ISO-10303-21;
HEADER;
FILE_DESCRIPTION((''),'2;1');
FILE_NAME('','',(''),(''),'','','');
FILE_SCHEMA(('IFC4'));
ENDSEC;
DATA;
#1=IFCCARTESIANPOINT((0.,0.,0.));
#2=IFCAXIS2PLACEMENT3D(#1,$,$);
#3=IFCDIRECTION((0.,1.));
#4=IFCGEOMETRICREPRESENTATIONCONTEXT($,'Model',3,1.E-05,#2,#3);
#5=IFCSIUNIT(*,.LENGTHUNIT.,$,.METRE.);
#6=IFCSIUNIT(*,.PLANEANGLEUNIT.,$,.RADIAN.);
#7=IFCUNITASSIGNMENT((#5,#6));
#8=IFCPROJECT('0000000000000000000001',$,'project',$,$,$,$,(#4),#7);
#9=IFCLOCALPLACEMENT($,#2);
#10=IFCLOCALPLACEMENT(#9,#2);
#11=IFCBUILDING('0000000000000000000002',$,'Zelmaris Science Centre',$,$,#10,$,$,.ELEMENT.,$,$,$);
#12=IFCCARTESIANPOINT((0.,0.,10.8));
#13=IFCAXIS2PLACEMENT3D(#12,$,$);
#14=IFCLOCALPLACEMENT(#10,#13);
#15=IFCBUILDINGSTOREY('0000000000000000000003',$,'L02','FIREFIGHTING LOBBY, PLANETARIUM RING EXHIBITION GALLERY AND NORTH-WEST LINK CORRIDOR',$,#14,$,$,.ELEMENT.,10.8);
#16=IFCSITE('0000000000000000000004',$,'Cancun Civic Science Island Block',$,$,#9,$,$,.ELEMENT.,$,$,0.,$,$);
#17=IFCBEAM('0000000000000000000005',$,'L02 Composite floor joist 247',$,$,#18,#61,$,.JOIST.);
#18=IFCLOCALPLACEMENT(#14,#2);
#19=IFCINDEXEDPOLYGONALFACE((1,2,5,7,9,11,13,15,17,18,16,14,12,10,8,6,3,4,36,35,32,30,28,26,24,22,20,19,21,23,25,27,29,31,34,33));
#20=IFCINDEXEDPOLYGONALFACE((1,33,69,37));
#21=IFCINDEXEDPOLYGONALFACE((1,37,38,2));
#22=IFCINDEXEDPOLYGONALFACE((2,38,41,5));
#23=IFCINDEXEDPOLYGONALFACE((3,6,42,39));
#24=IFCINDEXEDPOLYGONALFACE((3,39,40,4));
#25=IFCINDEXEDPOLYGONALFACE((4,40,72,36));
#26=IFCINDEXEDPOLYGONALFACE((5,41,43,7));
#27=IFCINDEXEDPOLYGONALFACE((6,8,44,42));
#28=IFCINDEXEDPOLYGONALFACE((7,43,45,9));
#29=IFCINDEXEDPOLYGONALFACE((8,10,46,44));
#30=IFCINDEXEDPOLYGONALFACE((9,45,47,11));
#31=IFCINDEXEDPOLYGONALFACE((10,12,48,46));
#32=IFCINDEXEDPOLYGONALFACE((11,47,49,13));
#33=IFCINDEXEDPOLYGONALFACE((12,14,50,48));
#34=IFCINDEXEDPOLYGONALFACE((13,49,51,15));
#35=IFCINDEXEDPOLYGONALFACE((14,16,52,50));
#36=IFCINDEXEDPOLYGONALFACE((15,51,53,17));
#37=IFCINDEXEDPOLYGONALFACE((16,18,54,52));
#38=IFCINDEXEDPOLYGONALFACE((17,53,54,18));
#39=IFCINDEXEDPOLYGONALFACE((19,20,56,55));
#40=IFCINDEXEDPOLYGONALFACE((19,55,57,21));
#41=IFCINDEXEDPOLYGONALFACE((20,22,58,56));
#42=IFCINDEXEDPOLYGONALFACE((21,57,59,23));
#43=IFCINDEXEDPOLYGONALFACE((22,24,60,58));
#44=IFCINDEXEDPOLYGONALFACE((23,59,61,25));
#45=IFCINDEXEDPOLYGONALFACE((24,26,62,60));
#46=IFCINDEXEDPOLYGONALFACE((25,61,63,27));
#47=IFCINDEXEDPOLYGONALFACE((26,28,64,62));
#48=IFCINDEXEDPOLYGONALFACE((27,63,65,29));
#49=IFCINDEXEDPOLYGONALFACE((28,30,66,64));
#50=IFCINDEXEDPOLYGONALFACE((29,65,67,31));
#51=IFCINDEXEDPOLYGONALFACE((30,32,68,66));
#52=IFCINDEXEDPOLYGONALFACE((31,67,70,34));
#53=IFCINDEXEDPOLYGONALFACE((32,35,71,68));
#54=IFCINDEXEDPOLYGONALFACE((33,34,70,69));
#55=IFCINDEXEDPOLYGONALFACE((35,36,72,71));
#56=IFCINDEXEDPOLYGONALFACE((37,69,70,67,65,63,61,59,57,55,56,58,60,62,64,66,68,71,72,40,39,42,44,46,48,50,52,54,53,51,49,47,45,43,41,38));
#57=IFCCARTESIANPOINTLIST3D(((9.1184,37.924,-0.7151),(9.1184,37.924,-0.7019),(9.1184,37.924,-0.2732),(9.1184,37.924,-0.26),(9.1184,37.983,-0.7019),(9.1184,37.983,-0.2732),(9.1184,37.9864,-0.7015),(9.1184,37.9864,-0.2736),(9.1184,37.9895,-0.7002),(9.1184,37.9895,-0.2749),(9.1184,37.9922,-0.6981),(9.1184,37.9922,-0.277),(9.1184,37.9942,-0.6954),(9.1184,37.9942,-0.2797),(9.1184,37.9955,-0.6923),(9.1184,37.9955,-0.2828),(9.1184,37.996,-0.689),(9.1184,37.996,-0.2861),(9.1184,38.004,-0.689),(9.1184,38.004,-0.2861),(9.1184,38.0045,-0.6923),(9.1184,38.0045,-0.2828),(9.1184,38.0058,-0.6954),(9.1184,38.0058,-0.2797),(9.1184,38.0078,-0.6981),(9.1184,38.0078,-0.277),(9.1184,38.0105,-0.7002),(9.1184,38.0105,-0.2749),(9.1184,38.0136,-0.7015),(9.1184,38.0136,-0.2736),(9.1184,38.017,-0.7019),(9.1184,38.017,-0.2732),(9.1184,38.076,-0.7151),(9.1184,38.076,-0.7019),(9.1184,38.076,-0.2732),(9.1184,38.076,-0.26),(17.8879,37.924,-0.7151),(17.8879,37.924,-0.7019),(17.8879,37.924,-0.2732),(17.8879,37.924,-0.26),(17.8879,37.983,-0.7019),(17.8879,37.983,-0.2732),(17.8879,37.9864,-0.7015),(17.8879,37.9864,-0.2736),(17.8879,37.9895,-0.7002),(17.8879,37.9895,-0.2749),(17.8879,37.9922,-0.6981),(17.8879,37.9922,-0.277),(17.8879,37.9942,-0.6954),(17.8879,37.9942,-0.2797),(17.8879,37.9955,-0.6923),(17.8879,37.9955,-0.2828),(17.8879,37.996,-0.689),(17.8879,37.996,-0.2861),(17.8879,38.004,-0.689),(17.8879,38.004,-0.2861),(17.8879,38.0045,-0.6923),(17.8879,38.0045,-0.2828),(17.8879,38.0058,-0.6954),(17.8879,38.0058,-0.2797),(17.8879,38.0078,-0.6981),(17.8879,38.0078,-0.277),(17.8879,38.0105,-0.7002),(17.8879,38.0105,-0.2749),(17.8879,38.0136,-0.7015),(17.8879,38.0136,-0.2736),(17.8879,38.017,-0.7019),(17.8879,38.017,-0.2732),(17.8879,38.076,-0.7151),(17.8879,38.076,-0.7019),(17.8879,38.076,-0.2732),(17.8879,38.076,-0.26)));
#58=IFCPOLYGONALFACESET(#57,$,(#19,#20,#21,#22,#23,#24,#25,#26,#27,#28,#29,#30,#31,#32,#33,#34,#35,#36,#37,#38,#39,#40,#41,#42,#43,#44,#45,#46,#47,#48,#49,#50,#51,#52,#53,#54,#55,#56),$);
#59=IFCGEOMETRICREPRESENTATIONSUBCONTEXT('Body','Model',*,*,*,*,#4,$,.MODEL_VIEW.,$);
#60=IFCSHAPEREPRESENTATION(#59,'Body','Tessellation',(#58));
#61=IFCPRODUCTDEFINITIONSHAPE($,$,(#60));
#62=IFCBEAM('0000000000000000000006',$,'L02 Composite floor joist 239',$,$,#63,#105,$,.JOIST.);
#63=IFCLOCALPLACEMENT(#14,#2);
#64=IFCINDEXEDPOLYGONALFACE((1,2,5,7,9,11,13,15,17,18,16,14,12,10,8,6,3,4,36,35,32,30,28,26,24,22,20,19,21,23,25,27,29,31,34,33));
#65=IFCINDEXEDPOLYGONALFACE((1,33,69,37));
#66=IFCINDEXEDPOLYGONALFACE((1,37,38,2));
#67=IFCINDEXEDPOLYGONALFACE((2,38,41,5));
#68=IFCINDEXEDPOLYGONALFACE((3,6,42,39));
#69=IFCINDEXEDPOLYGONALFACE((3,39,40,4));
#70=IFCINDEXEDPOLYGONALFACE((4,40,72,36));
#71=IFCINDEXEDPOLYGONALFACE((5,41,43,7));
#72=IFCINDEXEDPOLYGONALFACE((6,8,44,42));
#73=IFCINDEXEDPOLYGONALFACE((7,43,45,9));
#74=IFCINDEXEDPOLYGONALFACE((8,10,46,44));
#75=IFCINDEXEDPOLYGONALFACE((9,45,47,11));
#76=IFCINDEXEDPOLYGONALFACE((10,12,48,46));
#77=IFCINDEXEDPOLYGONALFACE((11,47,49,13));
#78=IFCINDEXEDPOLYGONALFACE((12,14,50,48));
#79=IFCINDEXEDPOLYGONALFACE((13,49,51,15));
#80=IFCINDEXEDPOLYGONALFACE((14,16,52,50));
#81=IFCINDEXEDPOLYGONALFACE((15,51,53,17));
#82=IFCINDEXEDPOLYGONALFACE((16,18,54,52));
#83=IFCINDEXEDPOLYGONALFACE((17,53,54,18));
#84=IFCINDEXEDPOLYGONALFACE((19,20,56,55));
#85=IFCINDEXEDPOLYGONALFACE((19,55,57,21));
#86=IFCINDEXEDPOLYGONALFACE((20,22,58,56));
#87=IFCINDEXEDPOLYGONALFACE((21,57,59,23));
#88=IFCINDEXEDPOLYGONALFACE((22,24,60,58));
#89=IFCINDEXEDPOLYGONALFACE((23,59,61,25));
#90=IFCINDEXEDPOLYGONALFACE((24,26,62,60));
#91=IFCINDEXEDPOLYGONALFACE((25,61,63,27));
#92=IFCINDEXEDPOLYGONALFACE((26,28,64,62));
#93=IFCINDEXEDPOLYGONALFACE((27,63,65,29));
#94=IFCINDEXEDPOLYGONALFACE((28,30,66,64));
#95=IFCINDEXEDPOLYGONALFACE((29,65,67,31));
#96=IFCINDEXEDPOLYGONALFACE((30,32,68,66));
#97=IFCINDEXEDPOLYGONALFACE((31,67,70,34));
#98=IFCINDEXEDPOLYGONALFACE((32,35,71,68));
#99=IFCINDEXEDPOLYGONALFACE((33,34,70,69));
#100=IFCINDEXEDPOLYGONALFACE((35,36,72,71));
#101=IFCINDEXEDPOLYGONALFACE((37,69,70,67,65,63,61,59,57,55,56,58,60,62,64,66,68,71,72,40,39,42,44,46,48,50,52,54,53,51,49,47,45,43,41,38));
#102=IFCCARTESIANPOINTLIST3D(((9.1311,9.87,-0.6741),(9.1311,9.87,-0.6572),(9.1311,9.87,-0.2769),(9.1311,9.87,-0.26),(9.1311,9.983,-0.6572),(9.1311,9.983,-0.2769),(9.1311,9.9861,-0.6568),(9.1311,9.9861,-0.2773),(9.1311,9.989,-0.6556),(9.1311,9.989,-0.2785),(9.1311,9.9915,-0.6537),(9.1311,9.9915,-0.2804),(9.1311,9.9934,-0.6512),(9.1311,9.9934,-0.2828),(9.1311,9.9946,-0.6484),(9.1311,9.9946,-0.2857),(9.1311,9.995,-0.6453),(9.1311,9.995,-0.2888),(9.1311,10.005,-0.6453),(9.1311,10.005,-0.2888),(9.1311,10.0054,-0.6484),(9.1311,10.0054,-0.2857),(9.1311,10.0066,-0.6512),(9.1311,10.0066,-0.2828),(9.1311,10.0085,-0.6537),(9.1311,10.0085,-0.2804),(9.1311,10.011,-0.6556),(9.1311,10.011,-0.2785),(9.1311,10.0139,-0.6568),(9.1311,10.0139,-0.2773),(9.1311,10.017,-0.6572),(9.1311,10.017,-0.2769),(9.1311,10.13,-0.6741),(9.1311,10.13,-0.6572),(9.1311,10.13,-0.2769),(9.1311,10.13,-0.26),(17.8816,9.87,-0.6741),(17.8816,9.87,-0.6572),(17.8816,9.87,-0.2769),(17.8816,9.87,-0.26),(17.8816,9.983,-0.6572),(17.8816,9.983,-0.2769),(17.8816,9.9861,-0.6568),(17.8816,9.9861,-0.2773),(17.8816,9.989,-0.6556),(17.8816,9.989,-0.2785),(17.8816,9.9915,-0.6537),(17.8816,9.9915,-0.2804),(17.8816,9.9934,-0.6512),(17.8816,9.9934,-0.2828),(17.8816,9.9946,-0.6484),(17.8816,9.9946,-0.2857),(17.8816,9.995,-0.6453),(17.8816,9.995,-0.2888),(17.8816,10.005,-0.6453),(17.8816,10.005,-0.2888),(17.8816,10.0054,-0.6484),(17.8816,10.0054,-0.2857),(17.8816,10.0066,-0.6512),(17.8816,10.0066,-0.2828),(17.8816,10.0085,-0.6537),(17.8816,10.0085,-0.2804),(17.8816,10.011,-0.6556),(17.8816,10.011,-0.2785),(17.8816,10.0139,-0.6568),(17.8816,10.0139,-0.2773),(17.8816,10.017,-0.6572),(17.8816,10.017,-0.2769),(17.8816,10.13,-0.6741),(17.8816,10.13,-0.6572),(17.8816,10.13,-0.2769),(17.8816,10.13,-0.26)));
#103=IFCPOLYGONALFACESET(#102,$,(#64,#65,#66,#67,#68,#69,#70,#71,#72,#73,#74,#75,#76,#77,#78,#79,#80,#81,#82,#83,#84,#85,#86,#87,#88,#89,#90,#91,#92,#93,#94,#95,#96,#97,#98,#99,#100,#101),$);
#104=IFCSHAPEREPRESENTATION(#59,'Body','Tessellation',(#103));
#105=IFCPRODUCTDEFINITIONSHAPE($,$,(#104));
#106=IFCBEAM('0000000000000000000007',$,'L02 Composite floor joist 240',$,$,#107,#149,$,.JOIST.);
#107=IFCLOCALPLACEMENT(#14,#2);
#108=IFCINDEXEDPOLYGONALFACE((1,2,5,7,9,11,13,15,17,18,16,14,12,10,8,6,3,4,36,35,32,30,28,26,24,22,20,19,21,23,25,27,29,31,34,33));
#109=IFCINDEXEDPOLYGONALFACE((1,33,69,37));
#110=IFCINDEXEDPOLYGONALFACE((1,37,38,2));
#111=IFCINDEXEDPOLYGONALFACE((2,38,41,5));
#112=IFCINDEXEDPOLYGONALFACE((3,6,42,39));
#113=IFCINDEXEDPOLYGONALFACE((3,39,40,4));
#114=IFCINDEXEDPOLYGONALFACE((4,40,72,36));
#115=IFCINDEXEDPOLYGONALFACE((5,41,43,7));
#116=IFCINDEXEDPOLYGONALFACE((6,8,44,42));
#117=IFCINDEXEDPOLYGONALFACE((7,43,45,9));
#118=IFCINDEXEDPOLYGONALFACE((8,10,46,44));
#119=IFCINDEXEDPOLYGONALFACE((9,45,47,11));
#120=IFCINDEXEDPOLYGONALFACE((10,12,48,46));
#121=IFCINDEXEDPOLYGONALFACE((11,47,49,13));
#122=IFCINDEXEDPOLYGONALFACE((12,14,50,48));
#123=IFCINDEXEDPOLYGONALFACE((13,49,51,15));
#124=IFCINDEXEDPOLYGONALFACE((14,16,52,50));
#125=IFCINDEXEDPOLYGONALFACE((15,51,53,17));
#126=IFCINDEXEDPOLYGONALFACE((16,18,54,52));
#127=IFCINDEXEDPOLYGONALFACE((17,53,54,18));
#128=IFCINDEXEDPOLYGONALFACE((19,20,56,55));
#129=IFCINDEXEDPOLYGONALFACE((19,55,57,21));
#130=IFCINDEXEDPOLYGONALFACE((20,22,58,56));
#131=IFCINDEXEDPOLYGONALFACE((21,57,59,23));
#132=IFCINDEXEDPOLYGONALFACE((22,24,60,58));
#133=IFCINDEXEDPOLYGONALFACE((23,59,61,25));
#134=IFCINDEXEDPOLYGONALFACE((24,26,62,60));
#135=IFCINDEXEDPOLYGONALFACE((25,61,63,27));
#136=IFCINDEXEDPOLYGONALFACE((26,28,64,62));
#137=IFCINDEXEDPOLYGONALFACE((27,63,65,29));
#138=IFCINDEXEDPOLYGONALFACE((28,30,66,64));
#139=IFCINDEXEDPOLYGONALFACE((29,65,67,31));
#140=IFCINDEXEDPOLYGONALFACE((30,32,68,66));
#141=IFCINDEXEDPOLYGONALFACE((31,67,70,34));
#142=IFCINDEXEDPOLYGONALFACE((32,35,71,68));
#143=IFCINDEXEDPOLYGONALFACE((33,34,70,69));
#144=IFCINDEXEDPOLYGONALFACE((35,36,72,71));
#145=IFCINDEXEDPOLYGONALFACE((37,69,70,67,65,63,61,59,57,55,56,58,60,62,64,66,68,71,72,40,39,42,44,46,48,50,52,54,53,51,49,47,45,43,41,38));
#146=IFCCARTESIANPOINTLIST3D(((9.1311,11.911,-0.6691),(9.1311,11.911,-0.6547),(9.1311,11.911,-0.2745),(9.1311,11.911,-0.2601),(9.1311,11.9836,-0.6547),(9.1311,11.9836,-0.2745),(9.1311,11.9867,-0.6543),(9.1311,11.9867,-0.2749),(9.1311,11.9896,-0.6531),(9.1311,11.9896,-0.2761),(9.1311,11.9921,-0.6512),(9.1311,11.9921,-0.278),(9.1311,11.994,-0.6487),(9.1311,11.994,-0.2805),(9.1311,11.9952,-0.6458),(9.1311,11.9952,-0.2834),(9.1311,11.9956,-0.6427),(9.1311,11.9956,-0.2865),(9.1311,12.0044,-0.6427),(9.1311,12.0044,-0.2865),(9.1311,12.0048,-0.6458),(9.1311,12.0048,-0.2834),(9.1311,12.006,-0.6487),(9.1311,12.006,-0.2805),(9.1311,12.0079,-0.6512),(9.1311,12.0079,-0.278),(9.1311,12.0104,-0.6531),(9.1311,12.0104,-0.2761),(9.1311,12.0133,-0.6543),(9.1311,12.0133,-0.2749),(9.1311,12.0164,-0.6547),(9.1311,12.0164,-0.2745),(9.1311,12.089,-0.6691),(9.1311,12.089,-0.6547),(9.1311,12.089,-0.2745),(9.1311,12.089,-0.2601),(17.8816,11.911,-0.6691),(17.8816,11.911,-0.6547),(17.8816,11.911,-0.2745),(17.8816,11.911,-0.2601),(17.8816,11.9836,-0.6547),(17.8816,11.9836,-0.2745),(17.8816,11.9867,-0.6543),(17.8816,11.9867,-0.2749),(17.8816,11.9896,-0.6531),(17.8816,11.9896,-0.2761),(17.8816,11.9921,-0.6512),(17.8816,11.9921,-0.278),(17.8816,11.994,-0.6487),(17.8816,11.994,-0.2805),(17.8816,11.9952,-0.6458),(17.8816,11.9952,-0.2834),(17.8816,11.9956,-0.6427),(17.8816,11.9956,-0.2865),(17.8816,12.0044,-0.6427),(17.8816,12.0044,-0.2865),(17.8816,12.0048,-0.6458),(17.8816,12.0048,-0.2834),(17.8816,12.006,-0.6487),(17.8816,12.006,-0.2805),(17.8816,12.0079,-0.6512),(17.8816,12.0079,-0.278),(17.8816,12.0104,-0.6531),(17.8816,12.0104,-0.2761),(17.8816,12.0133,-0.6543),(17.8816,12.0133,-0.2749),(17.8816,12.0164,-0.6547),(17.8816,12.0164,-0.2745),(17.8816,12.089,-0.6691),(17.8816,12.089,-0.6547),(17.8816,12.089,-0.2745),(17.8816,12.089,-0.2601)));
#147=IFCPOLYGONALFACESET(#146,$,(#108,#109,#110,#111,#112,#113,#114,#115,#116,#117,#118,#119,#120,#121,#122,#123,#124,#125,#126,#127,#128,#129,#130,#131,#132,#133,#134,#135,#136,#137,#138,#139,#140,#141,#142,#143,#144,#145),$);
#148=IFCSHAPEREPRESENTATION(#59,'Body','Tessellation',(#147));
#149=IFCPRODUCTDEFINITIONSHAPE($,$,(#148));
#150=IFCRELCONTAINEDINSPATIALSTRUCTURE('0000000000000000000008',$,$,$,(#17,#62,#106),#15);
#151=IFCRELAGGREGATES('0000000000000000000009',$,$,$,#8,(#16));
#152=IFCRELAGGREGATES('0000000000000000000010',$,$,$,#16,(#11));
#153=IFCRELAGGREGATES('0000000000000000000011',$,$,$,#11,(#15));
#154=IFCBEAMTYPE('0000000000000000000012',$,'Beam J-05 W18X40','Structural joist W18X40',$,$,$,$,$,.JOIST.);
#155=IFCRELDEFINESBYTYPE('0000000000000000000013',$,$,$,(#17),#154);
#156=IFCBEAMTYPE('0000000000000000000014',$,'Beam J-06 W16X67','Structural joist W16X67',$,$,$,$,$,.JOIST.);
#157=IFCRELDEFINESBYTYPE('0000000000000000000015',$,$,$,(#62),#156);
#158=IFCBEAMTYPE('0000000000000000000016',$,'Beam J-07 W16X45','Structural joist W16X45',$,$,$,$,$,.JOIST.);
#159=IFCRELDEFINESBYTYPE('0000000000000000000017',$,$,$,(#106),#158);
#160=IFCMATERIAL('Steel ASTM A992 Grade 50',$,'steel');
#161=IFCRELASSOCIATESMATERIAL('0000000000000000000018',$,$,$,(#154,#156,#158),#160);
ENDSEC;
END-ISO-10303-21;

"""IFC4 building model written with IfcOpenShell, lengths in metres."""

from ifc_helpers import new_model, si_unit, direction, frame, origin, origin_2d, place, context, subcontext, project, spatial, i_section, extrude, material, material_profile, profile_set, type_object, element, save


model = new_model("IFC4")

# Units and contexts
model_context = context("Model", 3, precision=1e-05, world=origin(), true_north=direction((0.0, 1.0)))
body_context = subcontext(model_context, "Body", "Model", "MODEL_VIEW")
ifc_project = project(units=[si_unit("LENGTHUNIT", "METRE"), si_unit("PLANEANGLEUNIT", "RADIAN")], contexts=[model_context])

# Site, building, storey
site_placement = place(None, origin())
site = spatial("IfcSite", under=ifc_project, at=site_placement, Name="Cancun Civic Science Island Block", CompositionType="ELEMENT", RefElevation=0.0)
building_placement = place(site_placement, origin())
building = spatial("IfcBuilding", under=site, at=building_placement, Name="Zelmaris Science Centre", CompositionType="ELEMENT")
storey_placement = place(building_placement, frame((0.0, 0.0, 10.8)))
storey = spatial("IfcBuildingStorey", under=building, at=storey_placement, Name="L02", Description="FIREFIGHTING LOBBY, PLANETARIUM RING EXHIBITION GALLERY AND NORTH-WEST LINK CORRIDOR", CompositionType="ELEMENT", Elevation=10.8)

# Shared definitions
ifc_material_1 = material(Name="Steel ASTM A992 Grade 50", Category="steel")

# Beams
ifc_material_profile_1 = material_profile(ifc_material_1, i_section(OverallWidth=0.1521, OverallDepth=0.4551, WebThickness=0.0081, FlangeThickness=0.0132, FilletRadius=0.0129, at=origin_2d()), Name="W18X40")
ifc_profile_set_1 = profile_set([ifc_material_profile_1], Name="Steel ASTM A992 Grade 50")
beam_type_1 = type_object("IfcBeamType", Name="Beam J-05 W18X40", Description="Structural joist W18X40", PredefinedType="JOIST", material=ifc_profile_set_1)
beam_1_placement = place(storey_placement, frame((9.1184, 38.0, -0.4875), z_axis=(1.0, 0.0, 0.0), x_axis=(0.0, 1.0, 0.0)))
element("IfcBeam", 1, at=beam_1_placement, inside=storey, type_object=beam_type_1, Name="L02 Composite floor joist 247", PredefinedType="JOIST", context=body_context, shape_type="SweptSolid", body=[
    extrude(i_section(OverallWidth=0.1521, OverallDepth=0.4551, WebThickness=0.0081, FlangeThickness=0.0132, FilletRadius=0.0129, at=origin_2d()), origin(), (0.0, 0.0, 1.0), 8.7695),
])
ifc_material_profile_2 = material_profile(ifc_material_1, i_section(OverallWidth=0.26, OverallDepth=0.4141, WebThickness=0.01, FlangeThickness=0.0168, FilletRadius=0.012, at=origin_2d()), Name="W16X67")
ifc_profile_set_2 = profile_set([ifc_material_profile_2], Name="Steel ASTM A992 Grade 50")
beam_type_2 = type_object("IfcBeamType", Name="Beam J-06 W16X67", Description="Structural joist W16X67", PredefinedType="JOIST", material=ifc_profile_set_2)
beam_2_placement = place(storey_placement, frame((9.1311, 10.0, -0.467), z_axis=(1.0, 0.0, 0.0), x_axis=(0.0, 1.0, 0.0)))
element("IfcBeam", 2, at=beam_2_placement, inside=storey, type_object=beam_type_2, Name="L02 Composite floor joist 239", PredefinedType="JOIST", context=body_context, shape_type="SweptSolid", body=[
    extrude(i_section(OverallWidth=0.26, OverallDepth=0.4141, WebThickness=0.01, FlangeThickness=0.0168, FilletRadius=0.012, at=origin_2d()), origin(), (0.0, 0.0, 1.0), 8.7505),
])
ifc_material_profile_3 = material_profile(ifc_material_1, i_section(OverallWidth=0.178, OverallDepth=0.4089, WebThickness=0.0088, FlangeThickness=0.0144, FilletRadius=0.012, at=origin_2d()), Name="W16X45")
ifc_profile_set_3 = profile_set([ifc_material_profile_3], Name="Steel ASTM A992 Grade 50")
beam_type_3 = type_object("IfcBeamType", Name="Beam J-07 W16X45", Description="Structural joist W16X45", PredefinedType="JOIST", material=ifc_profile_set_3)
beam_3_placement = place(storey_placement, frame((9.1311, 12.0, -0.4646), z_axis=(1.0, 0.0, 0.0), x_axis=(0.0, 1.0, 0.0)))
element("IfcBeam", 3, at=beam_3_placement, inside=storey, type_object=beam_type_3, Name="L02 Composite floor joist 240", PredefinedType="JOIST", context=body_context, shape_type="SweptSolid", body=[
    extrude(i_section(OverallWidth=0.178, OverallDepth=0.4089, WebThickness=0.0088, FlangeThickness=0.0144, FilletRadius=0.012, at=origin_2d()), origin(), (0.0, 0.0, 1.0), 8.7505),
])

save(model, "model.ifc")
